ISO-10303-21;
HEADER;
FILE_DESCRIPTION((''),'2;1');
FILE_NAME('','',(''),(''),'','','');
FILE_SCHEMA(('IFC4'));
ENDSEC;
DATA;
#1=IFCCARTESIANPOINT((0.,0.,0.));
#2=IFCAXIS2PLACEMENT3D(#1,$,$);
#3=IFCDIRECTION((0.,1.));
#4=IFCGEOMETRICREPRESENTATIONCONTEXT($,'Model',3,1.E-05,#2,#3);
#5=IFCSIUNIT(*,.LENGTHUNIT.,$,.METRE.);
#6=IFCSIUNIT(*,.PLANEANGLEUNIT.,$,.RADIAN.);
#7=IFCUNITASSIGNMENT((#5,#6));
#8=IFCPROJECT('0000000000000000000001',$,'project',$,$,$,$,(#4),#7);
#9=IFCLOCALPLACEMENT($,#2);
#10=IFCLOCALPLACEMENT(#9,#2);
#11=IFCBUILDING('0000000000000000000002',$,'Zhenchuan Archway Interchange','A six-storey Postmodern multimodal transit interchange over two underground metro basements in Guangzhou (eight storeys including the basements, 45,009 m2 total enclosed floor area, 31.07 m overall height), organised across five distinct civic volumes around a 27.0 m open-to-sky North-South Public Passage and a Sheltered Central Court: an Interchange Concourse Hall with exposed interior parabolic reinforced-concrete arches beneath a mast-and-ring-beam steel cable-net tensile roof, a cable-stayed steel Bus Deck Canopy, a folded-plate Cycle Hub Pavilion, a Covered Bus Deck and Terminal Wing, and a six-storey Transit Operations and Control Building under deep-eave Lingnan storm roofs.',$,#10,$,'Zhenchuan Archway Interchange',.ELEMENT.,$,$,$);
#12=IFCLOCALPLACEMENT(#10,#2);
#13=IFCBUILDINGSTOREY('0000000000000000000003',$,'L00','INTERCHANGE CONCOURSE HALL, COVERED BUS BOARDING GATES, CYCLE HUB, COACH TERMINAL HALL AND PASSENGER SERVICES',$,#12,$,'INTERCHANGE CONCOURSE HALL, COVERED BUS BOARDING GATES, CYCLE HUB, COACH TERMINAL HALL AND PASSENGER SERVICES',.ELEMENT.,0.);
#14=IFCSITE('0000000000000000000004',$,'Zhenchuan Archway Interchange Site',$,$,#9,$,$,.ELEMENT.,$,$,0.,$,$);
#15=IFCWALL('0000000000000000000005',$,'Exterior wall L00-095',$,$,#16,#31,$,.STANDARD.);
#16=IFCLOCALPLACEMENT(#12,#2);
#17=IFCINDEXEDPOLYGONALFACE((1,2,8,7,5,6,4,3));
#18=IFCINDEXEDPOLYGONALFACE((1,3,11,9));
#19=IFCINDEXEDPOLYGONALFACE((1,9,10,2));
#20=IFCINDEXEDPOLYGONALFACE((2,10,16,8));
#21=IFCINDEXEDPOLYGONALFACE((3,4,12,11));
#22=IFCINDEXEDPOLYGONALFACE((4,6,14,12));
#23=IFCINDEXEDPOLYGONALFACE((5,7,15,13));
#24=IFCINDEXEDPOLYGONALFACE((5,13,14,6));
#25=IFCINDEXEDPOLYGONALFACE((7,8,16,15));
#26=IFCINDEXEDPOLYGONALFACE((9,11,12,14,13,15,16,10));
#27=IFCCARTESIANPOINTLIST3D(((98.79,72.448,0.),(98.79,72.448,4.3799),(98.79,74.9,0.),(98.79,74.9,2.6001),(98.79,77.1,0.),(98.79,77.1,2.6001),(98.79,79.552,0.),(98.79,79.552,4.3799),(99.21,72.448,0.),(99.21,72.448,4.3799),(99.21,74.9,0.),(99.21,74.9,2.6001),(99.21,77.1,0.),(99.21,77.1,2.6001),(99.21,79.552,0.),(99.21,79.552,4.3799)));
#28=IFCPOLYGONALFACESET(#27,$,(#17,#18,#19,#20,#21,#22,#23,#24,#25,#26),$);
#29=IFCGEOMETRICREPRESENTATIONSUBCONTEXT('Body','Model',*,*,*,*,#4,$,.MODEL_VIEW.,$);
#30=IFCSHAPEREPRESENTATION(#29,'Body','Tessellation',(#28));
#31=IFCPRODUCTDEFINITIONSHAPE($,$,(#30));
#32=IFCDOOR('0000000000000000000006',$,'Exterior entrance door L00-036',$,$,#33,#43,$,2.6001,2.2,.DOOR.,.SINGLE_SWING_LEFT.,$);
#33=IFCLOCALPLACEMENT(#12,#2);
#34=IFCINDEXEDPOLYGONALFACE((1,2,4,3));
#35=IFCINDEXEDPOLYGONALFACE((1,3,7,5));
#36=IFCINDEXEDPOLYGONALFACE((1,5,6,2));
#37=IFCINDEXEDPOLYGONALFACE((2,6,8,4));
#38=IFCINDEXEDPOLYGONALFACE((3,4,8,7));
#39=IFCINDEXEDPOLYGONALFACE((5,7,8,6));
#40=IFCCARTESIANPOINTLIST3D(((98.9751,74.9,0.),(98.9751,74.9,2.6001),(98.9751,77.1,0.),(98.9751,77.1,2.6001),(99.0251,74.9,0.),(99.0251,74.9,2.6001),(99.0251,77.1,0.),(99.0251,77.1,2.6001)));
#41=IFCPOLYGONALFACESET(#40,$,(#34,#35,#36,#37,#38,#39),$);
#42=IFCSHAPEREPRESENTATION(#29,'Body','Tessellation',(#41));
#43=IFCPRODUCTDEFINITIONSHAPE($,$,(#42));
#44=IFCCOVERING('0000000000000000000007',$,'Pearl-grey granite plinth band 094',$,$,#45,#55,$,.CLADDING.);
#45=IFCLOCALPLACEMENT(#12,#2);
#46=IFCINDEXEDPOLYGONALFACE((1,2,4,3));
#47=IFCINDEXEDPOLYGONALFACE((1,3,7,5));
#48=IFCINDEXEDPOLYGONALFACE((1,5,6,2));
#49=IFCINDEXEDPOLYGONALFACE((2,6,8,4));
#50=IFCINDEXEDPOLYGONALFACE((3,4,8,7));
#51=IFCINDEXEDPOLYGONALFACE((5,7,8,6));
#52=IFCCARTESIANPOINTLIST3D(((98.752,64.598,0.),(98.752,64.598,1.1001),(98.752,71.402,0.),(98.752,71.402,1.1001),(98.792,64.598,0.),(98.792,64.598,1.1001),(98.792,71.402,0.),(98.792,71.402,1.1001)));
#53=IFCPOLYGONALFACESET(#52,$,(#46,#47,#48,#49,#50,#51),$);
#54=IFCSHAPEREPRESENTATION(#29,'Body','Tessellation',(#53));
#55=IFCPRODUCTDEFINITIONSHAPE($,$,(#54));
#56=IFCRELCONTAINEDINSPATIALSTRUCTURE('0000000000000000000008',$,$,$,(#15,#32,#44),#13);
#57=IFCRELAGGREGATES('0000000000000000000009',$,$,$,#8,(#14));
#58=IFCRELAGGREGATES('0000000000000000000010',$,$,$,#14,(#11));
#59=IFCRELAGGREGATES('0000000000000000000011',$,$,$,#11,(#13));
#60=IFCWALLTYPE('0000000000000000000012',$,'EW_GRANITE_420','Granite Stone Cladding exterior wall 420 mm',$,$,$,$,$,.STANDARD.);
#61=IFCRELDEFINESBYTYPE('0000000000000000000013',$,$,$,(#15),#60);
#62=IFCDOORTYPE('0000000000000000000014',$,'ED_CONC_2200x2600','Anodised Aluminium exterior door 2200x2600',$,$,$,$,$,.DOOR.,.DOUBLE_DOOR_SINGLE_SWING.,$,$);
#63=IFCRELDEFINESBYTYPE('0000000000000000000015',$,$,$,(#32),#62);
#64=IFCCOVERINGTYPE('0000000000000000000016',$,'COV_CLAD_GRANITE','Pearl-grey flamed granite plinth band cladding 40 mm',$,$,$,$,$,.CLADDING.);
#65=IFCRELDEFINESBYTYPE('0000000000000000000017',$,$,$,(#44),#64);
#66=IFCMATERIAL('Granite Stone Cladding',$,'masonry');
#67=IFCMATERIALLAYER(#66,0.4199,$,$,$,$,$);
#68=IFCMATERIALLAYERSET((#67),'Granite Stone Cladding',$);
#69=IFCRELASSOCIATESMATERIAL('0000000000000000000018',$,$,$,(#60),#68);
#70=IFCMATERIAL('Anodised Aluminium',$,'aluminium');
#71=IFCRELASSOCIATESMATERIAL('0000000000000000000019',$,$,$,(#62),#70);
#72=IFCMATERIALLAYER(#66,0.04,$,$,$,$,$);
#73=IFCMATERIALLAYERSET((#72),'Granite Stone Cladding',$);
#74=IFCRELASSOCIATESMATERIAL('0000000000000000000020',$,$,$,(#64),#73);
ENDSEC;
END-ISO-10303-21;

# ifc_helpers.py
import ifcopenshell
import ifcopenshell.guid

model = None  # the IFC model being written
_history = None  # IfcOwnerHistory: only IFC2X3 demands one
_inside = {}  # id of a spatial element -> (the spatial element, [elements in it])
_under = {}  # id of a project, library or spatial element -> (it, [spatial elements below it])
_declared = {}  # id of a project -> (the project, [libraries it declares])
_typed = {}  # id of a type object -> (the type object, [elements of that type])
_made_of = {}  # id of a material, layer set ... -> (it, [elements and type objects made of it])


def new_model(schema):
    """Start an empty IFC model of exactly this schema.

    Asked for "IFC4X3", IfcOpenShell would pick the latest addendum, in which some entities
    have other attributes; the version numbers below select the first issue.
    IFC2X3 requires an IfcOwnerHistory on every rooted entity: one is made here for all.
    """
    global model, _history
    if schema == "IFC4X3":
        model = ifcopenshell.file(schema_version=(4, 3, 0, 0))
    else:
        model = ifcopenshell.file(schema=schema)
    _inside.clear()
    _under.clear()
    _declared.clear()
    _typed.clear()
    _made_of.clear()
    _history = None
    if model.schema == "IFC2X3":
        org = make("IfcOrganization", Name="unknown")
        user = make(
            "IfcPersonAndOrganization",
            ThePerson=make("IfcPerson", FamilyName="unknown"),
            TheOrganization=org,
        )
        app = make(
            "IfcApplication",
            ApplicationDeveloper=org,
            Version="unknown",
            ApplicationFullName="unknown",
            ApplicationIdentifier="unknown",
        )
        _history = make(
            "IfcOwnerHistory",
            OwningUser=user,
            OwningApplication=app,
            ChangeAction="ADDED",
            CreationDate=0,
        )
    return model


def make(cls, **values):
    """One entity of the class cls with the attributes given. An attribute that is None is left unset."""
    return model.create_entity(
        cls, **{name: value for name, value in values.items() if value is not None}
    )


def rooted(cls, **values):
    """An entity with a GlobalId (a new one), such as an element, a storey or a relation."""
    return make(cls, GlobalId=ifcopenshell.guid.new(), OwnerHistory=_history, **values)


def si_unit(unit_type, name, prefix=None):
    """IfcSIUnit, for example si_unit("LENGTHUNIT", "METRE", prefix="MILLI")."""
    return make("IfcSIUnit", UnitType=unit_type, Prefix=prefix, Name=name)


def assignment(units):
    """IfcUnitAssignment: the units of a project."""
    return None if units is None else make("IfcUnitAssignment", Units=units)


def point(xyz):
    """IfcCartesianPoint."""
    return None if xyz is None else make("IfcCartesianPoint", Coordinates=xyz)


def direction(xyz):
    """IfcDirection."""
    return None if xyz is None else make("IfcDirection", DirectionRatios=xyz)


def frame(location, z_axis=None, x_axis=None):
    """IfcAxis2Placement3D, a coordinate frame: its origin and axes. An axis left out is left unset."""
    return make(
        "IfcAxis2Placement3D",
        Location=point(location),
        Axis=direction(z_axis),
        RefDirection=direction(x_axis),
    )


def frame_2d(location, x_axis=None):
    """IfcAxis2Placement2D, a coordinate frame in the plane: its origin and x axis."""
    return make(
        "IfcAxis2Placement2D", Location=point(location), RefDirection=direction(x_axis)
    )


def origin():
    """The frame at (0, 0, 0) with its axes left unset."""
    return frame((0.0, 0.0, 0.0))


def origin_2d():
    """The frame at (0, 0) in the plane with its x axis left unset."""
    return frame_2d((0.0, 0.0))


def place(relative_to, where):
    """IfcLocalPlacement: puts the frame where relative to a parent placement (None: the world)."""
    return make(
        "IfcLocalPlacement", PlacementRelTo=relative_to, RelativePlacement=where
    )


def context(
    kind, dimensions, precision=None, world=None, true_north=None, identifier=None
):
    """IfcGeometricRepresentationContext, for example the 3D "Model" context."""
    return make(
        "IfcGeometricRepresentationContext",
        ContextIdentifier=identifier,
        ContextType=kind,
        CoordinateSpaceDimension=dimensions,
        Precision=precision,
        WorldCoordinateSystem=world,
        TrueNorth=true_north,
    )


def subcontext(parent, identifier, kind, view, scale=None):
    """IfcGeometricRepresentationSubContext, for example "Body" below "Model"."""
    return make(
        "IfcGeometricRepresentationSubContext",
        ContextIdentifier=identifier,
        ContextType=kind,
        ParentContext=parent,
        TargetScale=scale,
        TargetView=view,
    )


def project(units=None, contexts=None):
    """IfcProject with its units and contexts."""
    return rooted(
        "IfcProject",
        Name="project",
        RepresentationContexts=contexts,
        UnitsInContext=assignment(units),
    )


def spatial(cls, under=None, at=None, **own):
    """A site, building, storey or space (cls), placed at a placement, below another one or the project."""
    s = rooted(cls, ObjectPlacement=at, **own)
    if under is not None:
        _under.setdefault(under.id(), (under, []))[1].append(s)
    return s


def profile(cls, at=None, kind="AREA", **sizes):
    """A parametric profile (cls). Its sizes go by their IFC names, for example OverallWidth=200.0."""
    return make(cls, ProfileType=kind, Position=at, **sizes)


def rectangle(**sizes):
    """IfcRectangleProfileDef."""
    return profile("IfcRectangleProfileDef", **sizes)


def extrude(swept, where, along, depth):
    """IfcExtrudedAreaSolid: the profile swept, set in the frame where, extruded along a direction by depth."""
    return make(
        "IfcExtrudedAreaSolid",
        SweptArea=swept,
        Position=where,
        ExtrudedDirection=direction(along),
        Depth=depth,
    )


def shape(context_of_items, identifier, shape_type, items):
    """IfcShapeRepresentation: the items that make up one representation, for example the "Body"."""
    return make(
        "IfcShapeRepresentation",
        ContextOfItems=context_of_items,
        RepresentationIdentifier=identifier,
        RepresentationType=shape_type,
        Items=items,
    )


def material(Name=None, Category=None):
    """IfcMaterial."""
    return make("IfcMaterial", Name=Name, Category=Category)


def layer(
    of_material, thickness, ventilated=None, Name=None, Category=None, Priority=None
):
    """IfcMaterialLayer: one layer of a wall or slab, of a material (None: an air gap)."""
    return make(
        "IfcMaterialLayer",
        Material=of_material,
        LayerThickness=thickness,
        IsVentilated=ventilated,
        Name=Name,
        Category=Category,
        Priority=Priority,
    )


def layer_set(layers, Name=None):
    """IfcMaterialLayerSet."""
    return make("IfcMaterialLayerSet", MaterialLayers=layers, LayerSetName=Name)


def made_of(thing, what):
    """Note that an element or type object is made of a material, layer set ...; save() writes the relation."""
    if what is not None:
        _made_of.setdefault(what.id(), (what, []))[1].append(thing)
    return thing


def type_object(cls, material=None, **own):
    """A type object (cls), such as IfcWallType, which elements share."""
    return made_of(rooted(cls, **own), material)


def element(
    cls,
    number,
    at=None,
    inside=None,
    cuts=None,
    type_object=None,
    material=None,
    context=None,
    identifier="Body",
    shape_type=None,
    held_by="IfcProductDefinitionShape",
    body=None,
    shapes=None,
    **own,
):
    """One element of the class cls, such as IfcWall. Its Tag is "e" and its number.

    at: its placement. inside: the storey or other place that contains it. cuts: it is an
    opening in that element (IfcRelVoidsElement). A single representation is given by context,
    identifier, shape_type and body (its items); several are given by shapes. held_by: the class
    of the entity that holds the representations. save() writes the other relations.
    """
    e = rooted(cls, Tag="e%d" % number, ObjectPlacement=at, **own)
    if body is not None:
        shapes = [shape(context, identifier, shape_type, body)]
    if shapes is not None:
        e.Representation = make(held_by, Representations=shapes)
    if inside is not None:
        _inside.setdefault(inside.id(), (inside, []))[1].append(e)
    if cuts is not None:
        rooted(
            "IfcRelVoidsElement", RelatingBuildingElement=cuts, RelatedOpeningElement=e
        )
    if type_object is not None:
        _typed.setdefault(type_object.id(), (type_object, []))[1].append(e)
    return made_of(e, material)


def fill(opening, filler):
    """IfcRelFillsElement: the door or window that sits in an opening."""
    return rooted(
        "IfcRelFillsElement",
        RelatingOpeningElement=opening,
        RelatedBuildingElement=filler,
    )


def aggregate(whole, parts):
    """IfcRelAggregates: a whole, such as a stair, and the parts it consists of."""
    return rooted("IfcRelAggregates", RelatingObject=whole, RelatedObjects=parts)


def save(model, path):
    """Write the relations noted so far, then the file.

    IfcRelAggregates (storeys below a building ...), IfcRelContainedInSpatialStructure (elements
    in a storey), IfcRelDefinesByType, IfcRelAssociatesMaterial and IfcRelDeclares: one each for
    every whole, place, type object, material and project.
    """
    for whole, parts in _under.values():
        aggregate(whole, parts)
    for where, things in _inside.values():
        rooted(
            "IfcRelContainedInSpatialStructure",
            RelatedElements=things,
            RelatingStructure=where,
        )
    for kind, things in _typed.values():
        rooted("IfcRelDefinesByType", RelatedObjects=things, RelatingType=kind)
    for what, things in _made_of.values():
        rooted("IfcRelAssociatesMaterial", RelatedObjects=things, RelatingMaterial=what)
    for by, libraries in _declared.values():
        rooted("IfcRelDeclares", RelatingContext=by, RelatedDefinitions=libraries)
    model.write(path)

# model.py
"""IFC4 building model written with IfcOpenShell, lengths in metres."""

from ifc_helpers import new_model, si_unit, direction, frame, frame_2d, origin, origin_2d, place, context, subcontext, project, spatial, rectangle, extrude, material, layer, layer_set, type_object, element, fill, save


model = new_model("IFC4")

# Units and contexts
model_context = context("Model", 3, precision=1e-05, world=origin(), true_north=direction((0.0, 1.0)))
body_context = subcontext(model_context, "Body", "Model", "MODEL_VIEW")
ifc_project = project(units=[si_unit("LENGTHUNIT", "METRE"), si_unit("PLANEANGLEUNIT", "RADIAN")], contexts=[model_context])

# Site, building, storey
site_placement = place(None, origin())
site = spatial("IfcSite", under=ifc_project, at=site_placement, Name="Zhenchuan Archway Interchange Site", CompositionType="ELEMENT", RefElevation=0.0)
building_placement = place(site_placement, origin())
building = spatial("IfcBuilding", under=site, at=building_placement, Name="Zhenchuan Archway Interchange", Description="A six-storey Postmodern multimodal transit interchange over two underground metro basements in Guangzhou (eight storeys including the basements, 45,009 m2 total enclosed floor area, 31.07 m overall height), organised across five distinct civic volumes around a 27.0 m open-to-sky North-South Public Passage and a Sheltered Central Court: an Interchange Concourse Hall with exposed interior parabolic reinforced-concrete arches beneath a mast-and-ring-beam steel cable-net tensile roof, a cable-stayed steel Bus Deck Canopy, a folded-plate Cycle Hub Pavilion, a Covered Bus Deck and Terminal Wing, and a six-storey Transit Operations and Control Building under deep-eave Lingnan storm roofs.", LongName="Zhenchuan Archway Interchange", CompositionType="ELEMENT")
storey_placement = place(building_placement, origin())
storey = spatial("IfcBuildingStorey", under=building, at=storey_placement, Name="L00", Description="INTERCHANGE CONCOURSE HALL, COVERED BUS BOARDING GATES, CYCLE HUB, COACH TERMINAL HALL AND PASSENGER SERVICES", LongName="INTERCHANGE CONCOURSE HALL, COVERED BUS BOARDING GATES, CYCLE HUB, COACH TERMINAL HALL AND PASSENGER SERVICES", CompositionType="ELEMENT", Elevation=0.0)

# Shared definitions
ifc_material_1 = material(Name="Anodised Aluminium", Category="aluminium")

# Shared definitions
ifc_material_2 = material(Name="Granite Stone Cladding", Category="masonry")
ifc_layer_1 = layer(ifc_material_2, 0.4199)
ifc_layer_set_1 = layer_set([ifc_layer_1], Name="Granite Stone Cladding")
wall_type = type_object("IfcWallType", Name="EW_GRANITE_420", Description="Granite Stone Cladding exterior wall 420 mm", PredefinedType="STANDARD", material=ifc_layer_set_1)

# Wall, opening, door
wall_1_placement = place(storey_placement, frame((99.0, 72.448, 0.0), z_axis=(0.0, 0.0, 1.0), x_axis=(0.0, 1.0, 0.0)))
wall_1 = element("IfcWall", 1, at=wall_1_placement, inside=storey, type_object=wall_type, Name="Exterior wall L00-095", PredefinedType="STANDARD", context=body_context, shape_type="SweptSolid", body=[
    extrude(rectangle(XDim=7.104, YDim=0.4199, at=frame_2d((3.552, 0.0))), origin(), (0.0, 0.0, 1.0), 4.3799),
])
opening_1_placement = place(wall_1_placement, frame((2.4519, 0.0, 0.0)))
opening_1 = element("IfcOpeningElement", 2, at=opening_1_placement, cuts=wall_1, PredefinedType="OPENING", context=body_context, shape_type="SweptSolid", body=[
    extrude(rectangle(XDim=2.2, YDim=2.6001, at=frame_2d((1.1001, 1.3))), frame((0.0, 0.2219, 0.0), z_axis=(0.0, -1.0, 0.0), x_axis=(1.0, 0.0, 0.0)), (0.0, 0.0, 1.0), 0.4438),
])
door_type = type_object("IfcDoorType", Name="ED_CONC_2200x2600", Description="Anodised Aluminium exterior door 2200x2600", OperationType="DOUBLE_DOOR_SINGLE_SWING", PredefinedType="DOOR", material=ifc_material_1)
door_placement = place(opening_1_placement, origin())
door = element("IfcDoor", 3, at=door_placement, inside=storey, type_object=door_type, Name="Exterior entrance door L00-036", OperationType="SINGLE_SWING_LEFT", OverallHeight=2.6001, OverallWidth=2.2, PredefinedType="DOOR", context=body_context, shape_type="SweptSolid", body=[
    extrude(rectangle(XDim=2.2, YDim=2.6001, at=frame_2d((1.1001, 1.3))), frame((0.0, 0.0249, 0.0), z_axis=(0.0, -1.0, 0.0), x_axis=(1.0, 0.0, 0.0)), (0.0, 0.0, 1.0), 0.05),
])
fill(opening_1, door)

# Covering
ifc_layer_2 = layer(ifc_material_2, 0.04)
ifc_layer_set_2 = layer_set([ifc_layer_2], Name="Granite Stone Cladding")
covering_type = type_object("IfcCoveringType", Name="COV_CLAD_GRANITE", Description="Pearl-grey flamed granite plinth band cladding 40 mm", PredefinedType="CLADDING", material=ifc_layer_set_2)
covering_placement = place(storey_placement, frame((98.772, 68.0, 0.0), z_axis=(0.0, 0.0, 1.0), x_axis=(0.0, 1.0, 0.0)))
element("IfcCovering", 4, at=covering_placement, inside=storey, type_object=covering_type, Name="Pearl-grey granite plinth band 094", PredefinedType="CLADDING", context=body_context, shape_type="SweptSolid", body=[
    extrude(rectangle(XDim=6.804, YDim=0.04, at=origin_2d()), origin(), (0.0, 0.0, 1.0), 1.1001),
])

save(model, "model.ifc")
